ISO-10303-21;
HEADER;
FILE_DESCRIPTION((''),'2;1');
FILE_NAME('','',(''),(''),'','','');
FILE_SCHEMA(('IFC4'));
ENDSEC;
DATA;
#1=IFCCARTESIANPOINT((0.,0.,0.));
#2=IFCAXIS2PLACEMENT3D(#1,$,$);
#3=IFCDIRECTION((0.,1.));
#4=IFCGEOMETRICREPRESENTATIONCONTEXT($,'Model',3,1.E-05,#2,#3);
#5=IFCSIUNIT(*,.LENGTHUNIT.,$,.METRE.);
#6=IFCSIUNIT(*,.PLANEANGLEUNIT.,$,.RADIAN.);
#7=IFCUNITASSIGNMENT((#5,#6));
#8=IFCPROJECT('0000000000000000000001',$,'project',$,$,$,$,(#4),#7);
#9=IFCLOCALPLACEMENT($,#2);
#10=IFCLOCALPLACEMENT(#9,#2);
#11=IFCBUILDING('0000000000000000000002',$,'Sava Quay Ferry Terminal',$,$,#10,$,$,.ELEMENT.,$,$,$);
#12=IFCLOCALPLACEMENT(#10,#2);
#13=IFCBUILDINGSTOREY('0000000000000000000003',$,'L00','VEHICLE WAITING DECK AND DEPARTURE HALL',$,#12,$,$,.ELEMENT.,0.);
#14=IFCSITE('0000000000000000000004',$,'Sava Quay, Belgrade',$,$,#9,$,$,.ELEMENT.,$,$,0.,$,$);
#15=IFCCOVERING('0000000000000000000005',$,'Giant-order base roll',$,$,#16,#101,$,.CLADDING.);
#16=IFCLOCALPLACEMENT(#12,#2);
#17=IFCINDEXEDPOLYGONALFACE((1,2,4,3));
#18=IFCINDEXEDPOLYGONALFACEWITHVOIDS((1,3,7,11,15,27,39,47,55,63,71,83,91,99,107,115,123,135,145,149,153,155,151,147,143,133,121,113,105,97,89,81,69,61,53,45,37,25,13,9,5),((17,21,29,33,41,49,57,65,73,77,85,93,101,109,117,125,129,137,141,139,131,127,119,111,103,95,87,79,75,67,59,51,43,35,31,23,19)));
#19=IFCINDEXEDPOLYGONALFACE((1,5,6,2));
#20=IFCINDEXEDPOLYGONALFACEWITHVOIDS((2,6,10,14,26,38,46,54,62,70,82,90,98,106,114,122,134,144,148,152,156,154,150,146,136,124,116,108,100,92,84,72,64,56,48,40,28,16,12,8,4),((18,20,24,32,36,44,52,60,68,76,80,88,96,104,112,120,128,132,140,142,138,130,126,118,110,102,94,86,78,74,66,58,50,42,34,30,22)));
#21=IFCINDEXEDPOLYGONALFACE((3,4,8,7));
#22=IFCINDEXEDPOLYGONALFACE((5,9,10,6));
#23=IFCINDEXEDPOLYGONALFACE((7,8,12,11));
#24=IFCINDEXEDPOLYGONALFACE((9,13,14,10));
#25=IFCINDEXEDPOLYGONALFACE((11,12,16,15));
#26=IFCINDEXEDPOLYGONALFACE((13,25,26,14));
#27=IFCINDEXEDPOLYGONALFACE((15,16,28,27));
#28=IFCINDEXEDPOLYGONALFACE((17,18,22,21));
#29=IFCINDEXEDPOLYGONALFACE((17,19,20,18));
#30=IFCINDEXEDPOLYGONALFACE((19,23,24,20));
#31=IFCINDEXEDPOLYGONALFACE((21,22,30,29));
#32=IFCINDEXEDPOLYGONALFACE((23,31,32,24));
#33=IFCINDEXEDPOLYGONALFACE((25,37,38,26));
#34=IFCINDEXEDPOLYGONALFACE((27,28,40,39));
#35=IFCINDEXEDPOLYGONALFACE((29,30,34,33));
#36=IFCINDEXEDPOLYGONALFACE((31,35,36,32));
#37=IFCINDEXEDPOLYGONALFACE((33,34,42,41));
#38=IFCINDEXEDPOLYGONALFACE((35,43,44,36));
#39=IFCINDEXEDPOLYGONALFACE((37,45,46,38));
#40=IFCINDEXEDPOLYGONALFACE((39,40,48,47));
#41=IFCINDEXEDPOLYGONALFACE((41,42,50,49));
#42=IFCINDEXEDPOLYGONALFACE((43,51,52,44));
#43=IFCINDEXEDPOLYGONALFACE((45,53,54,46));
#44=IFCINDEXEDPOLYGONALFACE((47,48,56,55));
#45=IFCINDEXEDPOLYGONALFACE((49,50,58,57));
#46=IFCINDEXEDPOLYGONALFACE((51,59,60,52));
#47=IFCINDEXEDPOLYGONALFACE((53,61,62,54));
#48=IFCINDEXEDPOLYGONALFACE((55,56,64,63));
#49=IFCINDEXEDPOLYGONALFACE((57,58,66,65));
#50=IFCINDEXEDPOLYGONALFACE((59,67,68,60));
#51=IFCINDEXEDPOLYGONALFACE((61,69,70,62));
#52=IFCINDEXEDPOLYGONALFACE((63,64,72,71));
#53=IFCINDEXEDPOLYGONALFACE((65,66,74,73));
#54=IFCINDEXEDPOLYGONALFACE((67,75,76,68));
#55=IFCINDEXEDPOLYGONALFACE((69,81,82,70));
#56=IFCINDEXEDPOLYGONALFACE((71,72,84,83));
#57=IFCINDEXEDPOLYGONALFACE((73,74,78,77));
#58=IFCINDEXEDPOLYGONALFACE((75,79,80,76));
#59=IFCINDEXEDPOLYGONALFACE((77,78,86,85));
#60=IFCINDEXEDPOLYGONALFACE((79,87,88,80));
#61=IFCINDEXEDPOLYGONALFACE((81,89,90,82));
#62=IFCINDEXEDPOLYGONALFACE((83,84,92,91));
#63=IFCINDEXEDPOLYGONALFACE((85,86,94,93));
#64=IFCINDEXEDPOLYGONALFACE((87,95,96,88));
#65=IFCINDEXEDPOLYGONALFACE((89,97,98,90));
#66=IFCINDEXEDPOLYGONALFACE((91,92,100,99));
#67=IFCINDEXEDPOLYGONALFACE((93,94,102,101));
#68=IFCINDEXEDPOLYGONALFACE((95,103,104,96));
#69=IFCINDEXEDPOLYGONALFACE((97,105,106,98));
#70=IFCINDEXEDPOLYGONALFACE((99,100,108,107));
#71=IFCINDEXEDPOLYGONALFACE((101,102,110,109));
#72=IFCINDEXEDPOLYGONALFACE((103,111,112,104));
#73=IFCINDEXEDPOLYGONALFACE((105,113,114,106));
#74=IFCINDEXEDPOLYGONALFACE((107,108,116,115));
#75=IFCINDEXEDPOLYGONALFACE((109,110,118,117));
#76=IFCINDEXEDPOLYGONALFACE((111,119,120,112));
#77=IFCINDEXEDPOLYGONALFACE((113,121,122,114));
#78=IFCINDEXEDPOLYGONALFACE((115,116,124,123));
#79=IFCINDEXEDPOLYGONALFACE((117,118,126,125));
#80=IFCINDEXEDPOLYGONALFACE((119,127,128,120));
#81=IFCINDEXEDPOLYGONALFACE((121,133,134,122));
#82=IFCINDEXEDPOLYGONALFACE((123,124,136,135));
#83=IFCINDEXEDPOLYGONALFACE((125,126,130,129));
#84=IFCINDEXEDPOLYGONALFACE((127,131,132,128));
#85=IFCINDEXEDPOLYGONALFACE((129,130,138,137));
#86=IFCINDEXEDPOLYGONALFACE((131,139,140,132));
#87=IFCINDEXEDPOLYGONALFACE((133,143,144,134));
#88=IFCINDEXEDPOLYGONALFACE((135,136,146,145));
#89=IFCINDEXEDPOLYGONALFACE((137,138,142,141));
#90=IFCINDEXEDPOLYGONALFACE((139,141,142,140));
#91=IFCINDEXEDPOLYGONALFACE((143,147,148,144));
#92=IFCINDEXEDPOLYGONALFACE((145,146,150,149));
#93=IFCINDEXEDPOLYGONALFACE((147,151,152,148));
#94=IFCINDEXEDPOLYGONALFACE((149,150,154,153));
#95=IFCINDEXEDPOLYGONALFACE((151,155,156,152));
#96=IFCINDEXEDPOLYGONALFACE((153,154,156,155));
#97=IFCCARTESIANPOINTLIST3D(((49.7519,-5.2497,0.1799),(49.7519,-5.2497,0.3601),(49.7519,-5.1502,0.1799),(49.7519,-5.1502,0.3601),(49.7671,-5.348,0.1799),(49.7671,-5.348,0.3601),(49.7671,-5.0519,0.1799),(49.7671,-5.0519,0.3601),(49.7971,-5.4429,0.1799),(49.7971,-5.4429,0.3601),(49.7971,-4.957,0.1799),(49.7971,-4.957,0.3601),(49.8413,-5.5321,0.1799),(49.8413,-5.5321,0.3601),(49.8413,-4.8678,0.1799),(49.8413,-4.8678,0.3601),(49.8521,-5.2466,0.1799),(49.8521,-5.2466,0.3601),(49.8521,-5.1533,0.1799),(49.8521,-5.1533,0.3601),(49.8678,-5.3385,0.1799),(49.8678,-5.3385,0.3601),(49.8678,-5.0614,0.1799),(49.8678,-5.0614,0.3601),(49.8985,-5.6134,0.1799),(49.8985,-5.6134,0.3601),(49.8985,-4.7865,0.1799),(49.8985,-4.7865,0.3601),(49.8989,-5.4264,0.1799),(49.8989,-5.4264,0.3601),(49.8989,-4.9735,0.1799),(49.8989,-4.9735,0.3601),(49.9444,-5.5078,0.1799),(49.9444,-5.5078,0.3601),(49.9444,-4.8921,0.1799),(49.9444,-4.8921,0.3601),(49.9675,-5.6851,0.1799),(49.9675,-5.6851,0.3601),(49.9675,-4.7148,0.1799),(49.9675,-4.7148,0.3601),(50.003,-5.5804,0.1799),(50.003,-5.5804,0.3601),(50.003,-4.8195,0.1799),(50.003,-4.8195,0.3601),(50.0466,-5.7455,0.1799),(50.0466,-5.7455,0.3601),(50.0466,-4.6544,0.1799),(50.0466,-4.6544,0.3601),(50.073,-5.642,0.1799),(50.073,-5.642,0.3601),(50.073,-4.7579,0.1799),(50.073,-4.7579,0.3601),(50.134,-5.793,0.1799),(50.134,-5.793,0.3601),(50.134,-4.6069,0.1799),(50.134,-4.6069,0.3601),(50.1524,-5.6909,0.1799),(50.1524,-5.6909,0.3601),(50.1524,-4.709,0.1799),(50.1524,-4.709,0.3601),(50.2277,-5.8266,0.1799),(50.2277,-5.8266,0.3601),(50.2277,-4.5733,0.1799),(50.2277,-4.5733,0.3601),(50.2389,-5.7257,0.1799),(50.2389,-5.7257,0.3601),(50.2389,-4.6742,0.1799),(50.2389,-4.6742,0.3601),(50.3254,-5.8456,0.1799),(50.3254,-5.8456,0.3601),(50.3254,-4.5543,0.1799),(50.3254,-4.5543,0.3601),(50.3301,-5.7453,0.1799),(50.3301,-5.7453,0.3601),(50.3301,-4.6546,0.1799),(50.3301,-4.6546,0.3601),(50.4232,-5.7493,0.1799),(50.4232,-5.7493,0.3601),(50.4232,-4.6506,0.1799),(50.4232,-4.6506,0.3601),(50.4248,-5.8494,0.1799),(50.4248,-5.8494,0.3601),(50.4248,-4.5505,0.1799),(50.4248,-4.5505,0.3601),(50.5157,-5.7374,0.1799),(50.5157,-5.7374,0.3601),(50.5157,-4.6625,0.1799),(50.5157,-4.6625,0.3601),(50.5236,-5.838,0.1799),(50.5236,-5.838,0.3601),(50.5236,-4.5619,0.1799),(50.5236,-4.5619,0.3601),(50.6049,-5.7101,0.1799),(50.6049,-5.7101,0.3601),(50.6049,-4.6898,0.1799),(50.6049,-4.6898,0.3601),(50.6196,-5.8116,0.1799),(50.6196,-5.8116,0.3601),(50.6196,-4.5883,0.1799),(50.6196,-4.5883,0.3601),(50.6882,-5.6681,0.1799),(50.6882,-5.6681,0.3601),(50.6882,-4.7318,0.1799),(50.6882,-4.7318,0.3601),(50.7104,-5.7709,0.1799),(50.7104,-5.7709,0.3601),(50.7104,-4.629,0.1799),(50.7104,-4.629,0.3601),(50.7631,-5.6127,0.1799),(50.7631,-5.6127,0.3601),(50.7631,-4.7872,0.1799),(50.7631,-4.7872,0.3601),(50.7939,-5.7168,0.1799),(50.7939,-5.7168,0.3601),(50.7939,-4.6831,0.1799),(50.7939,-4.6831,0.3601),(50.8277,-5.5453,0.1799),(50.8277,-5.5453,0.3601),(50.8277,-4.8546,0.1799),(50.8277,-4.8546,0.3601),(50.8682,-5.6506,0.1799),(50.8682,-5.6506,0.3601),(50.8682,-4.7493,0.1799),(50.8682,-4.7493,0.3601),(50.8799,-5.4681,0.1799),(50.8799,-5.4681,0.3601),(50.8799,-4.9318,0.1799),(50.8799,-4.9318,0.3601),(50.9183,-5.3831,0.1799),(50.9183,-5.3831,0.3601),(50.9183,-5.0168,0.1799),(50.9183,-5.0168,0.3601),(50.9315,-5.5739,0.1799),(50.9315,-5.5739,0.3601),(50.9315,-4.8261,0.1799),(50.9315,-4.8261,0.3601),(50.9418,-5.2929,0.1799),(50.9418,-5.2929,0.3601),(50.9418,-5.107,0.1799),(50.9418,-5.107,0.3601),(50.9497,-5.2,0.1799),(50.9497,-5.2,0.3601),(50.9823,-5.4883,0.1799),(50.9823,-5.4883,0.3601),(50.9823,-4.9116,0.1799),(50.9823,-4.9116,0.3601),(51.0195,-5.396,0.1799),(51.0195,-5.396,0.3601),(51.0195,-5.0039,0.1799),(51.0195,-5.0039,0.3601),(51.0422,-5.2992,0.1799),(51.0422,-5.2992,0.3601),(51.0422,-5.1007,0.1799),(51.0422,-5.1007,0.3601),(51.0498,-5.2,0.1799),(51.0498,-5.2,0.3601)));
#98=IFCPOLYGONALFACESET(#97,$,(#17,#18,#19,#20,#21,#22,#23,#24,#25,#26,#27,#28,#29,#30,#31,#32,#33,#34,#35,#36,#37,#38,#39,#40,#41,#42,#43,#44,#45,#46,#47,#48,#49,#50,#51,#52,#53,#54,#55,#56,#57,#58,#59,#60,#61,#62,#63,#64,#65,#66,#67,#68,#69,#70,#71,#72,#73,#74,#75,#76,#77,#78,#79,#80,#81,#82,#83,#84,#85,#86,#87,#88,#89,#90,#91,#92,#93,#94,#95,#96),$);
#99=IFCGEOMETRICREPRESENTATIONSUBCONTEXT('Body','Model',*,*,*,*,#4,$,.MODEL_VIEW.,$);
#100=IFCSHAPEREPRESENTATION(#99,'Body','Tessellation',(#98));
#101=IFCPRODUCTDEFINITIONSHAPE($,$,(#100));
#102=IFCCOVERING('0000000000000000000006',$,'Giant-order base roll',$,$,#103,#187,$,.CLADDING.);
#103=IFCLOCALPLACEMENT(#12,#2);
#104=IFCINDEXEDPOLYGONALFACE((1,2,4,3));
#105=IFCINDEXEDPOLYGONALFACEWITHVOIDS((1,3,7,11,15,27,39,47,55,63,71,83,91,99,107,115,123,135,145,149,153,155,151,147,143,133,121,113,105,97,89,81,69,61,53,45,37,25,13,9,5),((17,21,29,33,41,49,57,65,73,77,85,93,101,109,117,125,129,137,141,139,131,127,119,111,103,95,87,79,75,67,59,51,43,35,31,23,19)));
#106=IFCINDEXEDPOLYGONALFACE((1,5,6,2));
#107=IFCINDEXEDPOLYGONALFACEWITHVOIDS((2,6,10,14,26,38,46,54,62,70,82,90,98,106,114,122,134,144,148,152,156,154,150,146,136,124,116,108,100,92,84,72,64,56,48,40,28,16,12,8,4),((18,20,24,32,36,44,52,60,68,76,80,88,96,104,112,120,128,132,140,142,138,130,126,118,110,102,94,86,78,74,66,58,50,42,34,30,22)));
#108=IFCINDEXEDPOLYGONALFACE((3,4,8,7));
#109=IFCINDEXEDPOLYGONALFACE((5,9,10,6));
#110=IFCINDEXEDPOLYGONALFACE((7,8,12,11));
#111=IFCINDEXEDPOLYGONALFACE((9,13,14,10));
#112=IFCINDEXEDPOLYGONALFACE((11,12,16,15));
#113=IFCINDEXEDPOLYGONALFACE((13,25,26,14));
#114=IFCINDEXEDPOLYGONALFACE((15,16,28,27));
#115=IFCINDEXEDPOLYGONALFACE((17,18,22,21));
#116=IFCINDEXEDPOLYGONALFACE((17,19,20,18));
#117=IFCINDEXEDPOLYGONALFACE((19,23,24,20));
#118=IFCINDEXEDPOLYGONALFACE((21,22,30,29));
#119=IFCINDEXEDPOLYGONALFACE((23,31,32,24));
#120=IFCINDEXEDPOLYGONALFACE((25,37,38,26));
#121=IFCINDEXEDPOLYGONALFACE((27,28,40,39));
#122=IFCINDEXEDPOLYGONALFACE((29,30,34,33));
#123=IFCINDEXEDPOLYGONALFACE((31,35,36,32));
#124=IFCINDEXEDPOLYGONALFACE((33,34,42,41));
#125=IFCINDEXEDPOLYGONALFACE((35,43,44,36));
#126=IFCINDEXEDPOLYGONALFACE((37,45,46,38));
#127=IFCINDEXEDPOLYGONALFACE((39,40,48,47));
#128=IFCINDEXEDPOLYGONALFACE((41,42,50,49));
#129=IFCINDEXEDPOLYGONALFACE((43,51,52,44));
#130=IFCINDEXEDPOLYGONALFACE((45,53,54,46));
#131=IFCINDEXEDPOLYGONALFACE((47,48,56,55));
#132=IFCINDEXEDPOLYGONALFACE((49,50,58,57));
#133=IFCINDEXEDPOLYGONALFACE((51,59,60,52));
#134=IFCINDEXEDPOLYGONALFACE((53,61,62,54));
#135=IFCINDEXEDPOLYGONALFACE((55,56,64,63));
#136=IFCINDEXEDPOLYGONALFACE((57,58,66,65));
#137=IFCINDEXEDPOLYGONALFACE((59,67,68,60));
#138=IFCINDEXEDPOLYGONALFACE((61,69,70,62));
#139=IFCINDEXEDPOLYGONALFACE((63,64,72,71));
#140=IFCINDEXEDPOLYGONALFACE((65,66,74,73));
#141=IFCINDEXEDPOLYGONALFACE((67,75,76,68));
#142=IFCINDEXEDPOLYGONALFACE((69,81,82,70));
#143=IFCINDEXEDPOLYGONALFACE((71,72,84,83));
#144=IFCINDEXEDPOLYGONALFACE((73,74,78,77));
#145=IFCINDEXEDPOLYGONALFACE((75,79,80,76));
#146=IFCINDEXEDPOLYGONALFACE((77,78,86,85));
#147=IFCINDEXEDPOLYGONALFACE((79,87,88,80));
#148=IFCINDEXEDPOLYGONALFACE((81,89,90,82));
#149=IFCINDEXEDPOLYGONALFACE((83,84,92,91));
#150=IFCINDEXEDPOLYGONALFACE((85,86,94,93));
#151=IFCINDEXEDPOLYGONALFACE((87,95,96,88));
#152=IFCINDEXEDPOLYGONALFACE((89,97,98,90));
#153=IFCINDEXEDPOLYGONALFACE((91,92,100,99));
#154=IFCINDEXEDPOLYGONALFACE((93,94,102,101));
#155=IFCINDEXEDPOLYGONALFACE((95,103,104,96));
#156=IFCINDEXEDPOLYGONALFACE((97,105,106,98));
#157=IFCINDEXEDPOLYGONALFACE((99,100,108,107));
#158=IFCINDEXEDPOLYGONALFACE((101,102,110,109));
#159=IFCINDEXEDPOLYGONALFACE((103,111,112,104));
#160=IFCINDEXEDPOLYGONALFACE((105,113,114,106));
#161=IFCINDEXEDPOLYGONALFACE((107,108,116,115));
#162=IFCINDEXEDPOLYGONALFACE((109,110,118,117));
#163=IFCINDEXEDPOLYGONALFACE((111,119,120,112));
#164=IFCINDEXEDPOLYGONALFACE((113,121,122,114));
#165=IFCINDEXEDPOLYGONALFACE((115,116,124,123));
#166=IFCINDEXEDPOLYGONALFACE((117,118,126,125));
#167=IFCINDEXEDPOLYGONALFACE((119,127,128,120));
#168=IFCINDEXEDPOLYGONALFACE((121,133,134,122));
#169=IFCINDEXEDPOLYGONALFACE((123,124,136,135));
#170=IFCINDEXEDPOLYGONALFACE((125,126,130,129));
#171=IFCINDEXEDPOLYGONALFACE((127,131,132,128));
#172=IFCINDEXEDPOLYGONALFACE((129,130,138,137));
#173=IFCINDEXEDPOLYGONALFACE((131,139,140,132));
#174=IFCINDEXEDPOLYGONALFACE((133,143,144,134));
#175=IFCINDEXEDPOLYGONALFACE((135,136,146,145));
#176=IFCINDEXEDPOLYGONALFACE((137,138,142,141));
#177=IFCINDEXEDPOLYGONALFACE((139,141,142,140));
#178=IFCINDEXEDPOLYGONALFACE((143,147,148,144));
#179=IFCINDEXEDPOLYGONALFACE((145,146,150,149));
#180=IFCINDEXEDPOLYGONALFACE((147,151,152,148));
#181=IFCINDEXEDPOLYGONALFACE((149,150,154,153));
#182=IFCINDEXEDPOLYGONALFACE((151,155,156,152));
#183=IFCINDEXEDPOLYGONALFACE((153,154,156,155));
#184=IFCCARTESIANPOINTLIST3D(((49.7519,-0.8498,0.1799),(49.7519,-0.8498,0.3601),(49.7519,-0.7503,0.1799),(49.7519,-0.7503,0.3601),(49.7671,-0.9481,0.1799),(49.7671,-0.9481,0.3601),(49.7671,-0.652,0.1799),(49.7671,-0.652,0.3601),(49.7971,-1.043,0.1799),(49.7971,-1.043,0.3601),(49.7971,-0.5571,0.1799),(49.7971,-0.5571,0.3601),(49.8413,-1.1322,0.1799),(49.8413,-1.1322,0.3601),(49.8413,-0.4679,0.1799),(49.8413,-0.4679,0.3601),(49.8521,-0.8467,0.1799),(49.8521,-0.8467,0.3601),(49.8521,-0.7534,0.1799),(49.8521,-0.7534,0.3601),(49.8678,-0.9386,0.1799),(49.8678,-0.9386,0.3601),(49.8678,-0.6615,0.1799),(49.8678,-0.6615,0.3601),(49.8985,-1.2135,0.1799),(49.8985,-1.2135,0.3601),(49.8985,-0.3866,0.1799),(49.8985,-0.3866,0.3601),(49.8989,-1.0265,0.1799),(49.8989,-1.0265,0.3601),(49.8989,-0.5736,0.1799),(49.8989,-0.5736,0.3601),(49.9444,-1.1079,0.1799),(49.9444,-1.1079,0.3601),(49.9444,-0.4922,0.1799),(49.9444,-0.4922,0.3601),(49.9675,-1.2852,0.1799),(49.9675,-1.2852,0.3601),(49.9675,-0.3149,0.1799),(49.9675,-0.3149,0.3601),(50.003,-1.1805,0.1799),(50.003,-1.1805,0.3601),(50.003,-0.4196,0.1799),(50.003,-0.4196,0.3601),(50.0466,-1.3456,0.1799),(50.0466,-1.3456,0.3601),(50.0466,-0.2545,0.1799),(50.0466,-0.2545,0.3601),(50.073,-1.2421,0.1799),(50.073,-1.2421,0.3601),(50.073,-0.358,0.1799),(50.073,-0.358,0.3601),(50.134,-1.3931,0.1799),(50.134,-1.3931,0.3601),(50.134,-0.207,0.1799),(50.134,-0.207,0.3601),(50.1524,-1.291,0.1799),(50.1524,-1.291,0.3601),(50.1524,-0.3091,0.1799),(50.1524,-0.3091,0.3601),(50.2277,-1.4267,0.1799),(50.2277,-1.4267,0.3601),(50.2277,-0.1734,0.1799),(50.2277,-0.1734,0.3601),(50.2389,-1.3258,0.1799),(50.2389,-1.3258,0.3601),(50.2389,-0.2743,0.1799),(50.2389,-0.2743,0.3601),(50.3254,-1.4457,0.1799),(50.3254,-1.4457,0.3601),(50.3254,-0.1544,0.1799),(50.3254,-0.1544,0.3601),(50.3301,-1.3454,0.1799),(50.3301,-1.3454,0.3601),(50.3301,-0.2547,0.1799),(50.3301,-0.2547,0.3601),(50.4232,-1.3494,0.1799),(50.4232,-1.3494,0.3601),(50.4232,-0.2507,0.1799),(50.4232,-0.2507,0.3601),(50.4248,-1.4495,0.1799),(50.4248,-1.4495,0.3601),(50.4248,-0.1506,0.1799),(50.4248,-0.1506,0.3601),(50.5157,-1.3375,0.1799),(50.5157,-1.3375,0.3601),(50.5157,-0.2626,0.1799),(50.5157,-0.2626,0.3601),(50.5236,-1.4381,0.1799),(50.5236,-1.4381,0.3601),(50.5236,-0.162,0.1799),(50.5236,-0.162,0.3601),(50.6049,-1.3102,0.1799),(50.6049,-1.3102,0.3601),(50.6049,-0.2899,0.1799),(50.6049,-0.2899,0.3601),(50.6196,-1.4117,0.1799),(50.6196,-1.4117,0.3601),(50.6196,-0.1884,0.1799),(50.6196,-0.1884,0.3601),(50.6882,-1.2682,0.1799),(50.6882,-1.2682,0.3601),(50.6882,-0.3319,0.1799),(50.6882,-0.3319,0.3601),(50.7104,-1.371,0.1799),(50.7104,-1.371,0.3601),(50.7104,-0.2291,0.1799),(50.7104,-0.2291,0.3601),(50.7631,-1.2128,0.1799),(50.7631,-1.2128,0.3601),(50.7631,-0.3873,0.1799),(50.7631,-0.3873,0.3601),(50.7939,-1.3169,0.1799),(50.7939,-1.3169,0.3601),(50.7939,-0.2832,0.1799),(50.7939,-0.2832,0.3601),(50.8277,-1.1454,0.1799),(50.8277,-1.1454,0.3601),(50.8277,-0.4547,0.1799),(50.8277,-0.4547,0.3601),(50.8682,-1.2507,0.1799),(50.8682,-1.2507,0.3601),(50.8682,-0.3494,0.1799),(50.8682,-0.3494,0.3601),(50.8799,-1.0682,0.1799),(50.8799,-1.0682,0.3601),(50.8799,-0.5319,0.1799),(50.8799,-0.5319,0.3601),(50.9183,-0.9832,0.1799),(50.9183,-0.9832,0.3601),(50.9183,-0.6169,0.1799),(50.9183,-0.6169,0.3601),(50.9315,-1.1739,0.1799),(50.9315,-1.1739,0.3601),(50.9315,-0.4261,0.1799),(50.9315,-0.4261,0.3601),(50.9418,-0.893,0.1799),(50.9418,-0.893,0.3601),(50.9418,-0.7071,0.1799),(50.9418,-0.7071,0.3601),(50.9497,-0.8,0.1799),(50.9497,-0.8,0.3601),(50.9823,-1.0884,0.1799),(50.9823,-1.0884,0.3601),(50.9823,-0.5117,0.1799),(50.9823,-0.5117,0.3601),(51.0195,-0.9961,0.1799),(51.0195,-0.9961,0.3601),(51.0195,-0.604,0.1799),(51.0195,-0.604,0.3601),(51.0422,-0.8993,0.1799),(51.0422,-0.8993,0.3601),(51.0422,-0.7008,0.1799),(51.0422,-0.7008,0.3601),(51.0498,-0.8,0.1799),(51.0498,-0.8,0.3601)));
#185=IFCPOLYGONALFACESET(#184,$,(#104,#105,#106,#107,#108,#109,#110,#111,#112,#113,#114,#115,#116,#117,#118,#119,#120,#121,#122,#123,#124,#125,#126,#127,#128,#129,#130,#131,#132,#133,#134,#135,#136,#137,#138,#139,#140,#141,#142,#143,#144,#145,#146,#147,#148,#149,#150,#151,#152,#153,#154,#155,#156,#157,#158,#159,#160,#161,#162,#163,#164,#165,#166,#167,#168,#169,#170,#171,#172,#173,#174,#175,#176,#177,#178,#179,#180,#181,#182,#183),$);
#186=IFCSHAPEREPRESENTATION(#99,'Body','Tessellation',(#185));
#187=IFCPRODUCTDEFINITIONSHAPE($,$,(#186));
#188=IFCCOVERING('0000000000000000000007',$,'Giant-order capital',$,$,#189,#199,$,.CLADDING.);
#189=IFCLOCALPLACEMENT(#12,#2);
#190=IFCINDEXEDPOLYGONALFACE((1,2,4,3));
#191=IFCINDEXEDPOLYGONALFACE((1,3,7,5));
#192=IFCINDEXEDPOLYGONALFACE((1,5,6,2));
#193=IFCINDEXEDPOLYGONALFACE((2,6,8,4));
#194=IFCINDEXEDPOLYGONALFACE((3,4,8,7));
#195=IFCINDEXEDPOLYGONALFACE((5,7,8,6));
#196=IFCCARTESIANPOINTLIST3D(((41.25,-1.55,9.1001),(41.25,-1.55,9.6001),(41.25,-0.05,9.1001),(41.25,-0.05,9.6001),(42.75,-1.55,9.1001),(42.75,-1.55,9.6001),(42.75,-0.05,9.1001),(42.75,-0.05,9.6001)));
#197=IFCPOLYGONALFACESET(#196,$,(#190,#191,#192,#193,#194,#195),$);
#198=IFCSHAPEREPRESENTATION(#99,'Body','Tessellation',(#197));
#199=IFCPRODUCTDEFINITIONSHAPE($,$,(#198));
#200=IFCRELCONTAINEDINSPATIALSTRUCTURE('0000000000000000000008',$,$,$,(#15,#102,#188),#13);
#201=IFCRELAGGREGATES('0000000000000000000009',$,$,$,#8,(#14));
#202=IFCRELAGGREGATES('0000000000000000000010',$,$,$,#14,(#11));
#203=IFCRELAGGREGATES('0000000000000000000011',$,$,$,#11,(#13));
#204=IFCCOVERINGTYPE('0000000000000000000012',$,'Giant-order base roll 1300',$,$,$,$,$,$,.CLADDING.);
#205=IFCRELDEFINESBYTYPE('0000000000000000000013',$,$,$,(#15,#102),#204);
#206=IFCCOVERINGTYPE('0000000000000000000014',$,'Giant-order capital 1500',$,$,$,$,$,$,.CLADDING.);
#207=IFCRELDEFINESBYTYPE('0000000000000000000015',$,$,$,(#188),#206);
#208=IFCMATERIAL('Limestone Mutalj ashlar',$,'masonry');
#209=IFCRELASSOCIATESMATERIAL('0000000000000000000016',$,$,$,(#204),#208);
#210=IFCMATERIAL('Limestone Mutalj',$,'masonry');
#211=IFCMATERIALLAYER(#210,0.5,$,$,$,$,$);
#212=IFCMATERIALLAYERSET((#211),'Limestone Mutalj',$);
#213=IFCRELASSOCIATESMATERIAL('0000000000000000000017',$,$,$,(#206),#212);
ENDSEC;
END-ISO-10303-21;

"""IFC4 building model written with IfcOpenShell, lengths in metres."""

from ifc_helpers import new_model, si_unit, direction, frame, origin, origin_2d, place, context, subcontext, project, spatial, rectangle, hollow_circle, extrude, material, layer, layer_set, material_profile, profile_set, type_object, element, save


model = new_model("IFC4")

# Units and contexts
model_context = context("Model", 3, precision=1e-05, world=origin(), true_north=direction((0.0, 1.0)))
body_context = subcontext(model_context, "Body", "Model", "MODEL_VIEW")
ifc_project = project(units=[si_unit("LENGTHUNIT", "METRE"), si_unit("PLANEANGLEUNIT", "RADIAN")], contexts=[model_context])

# Site, building, storey
site_placement = place(None, origin())
site = spatial("IfcSite", under=ifc_project, at=site_placement, Name="Sava Quay, Belgrade", CompositionType="ELEMENT", RefElevation=0.0)
building_placement = place(site_placement, origin())
building = spatial("IfcBuilding", under=site, at=building_placement, Name="Sava Quay Ferry Terminal", CompositionType="ELEMENT")
storey_placement = place(building_placement, origin())
storey = spatial("IfcBuildingStorey", under=building, at=storey_placement, Name="L00", Description="VEHICLE WAITING DECK AND DEPARTURE HALL", CompositionType="ELEMENT", Elevation=0.0)

# Coverings
ifc_material_1 = material(Name="Limestone Mutalj ashlar", Category="masonry")
ifc_material_profile_1 = material_profile(ifc_material_1, hollow_circle(Radius=0.6499, WallThickness=0.1001, at=origin_2d()), Name="Base roll 1300")
ifc_profile_set_1 = profile_set([ifc_material_profile_1], Name="Limestone Mutalj ashlar")
covering_type_1 = type_object("IfcCoveringType", Name="Giant-order base roll 1300", PredefinedType="CLADDING", material=ifc_profile_set_1)
for number, where, z_axis, x_axis, name in (
    (1, (50.3999, -5.2, 0.1799), (0.0, 0.0, 1.0), (1.0, 0.0, 0.0), "Giant-order base roll"),
    (2, (50.3999, -0.8, 0.1799), (0.0, 0.0, 1.0), (1.0, 0.0, 0.0), "Giant-order base roll"),
):
    element("IfcCovering", number, at=place(storey_placement, frame(where, z_axis=z_axis, x_axis=x_axis)), inside=storey, type_object=covering_type_1, Name=name, PredefinedType="CLADDING", context=body_context, shape_type="SweptSolid", body=[
        extrude(hollow_circle(Radius=0.6499, WallThickness=0.1001, at=origin_2d()), origin(), (0.0, 0.0, 1.0), 0.1802),
    ])
ifc_material_2 = material(Name="Limestone Mutalj", Category="masonry")
ifc_layer_1 = layer(ifc_material_2, 0.5)
ifc_layer_set_1 = layer_set([ifc_layer_1], Name="Limestone Mutalj")
covering_type_2 = type_object("IfcCoveringType", Name="Giant-order capital 1500", PredefinedType="CLADDING", material=ifc_layer_set_1)
for number, where, z_axis, x_axis, name in (
    (3, (42.0, -0.8, 9.1001), (0.0, 0.0, 1.0), (1.0, 0.0, 0.0), "Giant-order capital"),
):
    element("IfcCovering", number, at=place(storey_placement, frame(where, z_axis=z_axis, x_axis=x_axis)), inside=storey, type_object=covering_type_2, Name=name, PredefinedType="CLADDING", context=body_context, shape_type="SweptSolid", body=[
        extrude(rectangle(XDim=1.5, YDim=1.5, at=origin_2d()), origin(), (0.0, 0.0, 1.0), 0.5),
    ])

save(model, "model.ifc")
